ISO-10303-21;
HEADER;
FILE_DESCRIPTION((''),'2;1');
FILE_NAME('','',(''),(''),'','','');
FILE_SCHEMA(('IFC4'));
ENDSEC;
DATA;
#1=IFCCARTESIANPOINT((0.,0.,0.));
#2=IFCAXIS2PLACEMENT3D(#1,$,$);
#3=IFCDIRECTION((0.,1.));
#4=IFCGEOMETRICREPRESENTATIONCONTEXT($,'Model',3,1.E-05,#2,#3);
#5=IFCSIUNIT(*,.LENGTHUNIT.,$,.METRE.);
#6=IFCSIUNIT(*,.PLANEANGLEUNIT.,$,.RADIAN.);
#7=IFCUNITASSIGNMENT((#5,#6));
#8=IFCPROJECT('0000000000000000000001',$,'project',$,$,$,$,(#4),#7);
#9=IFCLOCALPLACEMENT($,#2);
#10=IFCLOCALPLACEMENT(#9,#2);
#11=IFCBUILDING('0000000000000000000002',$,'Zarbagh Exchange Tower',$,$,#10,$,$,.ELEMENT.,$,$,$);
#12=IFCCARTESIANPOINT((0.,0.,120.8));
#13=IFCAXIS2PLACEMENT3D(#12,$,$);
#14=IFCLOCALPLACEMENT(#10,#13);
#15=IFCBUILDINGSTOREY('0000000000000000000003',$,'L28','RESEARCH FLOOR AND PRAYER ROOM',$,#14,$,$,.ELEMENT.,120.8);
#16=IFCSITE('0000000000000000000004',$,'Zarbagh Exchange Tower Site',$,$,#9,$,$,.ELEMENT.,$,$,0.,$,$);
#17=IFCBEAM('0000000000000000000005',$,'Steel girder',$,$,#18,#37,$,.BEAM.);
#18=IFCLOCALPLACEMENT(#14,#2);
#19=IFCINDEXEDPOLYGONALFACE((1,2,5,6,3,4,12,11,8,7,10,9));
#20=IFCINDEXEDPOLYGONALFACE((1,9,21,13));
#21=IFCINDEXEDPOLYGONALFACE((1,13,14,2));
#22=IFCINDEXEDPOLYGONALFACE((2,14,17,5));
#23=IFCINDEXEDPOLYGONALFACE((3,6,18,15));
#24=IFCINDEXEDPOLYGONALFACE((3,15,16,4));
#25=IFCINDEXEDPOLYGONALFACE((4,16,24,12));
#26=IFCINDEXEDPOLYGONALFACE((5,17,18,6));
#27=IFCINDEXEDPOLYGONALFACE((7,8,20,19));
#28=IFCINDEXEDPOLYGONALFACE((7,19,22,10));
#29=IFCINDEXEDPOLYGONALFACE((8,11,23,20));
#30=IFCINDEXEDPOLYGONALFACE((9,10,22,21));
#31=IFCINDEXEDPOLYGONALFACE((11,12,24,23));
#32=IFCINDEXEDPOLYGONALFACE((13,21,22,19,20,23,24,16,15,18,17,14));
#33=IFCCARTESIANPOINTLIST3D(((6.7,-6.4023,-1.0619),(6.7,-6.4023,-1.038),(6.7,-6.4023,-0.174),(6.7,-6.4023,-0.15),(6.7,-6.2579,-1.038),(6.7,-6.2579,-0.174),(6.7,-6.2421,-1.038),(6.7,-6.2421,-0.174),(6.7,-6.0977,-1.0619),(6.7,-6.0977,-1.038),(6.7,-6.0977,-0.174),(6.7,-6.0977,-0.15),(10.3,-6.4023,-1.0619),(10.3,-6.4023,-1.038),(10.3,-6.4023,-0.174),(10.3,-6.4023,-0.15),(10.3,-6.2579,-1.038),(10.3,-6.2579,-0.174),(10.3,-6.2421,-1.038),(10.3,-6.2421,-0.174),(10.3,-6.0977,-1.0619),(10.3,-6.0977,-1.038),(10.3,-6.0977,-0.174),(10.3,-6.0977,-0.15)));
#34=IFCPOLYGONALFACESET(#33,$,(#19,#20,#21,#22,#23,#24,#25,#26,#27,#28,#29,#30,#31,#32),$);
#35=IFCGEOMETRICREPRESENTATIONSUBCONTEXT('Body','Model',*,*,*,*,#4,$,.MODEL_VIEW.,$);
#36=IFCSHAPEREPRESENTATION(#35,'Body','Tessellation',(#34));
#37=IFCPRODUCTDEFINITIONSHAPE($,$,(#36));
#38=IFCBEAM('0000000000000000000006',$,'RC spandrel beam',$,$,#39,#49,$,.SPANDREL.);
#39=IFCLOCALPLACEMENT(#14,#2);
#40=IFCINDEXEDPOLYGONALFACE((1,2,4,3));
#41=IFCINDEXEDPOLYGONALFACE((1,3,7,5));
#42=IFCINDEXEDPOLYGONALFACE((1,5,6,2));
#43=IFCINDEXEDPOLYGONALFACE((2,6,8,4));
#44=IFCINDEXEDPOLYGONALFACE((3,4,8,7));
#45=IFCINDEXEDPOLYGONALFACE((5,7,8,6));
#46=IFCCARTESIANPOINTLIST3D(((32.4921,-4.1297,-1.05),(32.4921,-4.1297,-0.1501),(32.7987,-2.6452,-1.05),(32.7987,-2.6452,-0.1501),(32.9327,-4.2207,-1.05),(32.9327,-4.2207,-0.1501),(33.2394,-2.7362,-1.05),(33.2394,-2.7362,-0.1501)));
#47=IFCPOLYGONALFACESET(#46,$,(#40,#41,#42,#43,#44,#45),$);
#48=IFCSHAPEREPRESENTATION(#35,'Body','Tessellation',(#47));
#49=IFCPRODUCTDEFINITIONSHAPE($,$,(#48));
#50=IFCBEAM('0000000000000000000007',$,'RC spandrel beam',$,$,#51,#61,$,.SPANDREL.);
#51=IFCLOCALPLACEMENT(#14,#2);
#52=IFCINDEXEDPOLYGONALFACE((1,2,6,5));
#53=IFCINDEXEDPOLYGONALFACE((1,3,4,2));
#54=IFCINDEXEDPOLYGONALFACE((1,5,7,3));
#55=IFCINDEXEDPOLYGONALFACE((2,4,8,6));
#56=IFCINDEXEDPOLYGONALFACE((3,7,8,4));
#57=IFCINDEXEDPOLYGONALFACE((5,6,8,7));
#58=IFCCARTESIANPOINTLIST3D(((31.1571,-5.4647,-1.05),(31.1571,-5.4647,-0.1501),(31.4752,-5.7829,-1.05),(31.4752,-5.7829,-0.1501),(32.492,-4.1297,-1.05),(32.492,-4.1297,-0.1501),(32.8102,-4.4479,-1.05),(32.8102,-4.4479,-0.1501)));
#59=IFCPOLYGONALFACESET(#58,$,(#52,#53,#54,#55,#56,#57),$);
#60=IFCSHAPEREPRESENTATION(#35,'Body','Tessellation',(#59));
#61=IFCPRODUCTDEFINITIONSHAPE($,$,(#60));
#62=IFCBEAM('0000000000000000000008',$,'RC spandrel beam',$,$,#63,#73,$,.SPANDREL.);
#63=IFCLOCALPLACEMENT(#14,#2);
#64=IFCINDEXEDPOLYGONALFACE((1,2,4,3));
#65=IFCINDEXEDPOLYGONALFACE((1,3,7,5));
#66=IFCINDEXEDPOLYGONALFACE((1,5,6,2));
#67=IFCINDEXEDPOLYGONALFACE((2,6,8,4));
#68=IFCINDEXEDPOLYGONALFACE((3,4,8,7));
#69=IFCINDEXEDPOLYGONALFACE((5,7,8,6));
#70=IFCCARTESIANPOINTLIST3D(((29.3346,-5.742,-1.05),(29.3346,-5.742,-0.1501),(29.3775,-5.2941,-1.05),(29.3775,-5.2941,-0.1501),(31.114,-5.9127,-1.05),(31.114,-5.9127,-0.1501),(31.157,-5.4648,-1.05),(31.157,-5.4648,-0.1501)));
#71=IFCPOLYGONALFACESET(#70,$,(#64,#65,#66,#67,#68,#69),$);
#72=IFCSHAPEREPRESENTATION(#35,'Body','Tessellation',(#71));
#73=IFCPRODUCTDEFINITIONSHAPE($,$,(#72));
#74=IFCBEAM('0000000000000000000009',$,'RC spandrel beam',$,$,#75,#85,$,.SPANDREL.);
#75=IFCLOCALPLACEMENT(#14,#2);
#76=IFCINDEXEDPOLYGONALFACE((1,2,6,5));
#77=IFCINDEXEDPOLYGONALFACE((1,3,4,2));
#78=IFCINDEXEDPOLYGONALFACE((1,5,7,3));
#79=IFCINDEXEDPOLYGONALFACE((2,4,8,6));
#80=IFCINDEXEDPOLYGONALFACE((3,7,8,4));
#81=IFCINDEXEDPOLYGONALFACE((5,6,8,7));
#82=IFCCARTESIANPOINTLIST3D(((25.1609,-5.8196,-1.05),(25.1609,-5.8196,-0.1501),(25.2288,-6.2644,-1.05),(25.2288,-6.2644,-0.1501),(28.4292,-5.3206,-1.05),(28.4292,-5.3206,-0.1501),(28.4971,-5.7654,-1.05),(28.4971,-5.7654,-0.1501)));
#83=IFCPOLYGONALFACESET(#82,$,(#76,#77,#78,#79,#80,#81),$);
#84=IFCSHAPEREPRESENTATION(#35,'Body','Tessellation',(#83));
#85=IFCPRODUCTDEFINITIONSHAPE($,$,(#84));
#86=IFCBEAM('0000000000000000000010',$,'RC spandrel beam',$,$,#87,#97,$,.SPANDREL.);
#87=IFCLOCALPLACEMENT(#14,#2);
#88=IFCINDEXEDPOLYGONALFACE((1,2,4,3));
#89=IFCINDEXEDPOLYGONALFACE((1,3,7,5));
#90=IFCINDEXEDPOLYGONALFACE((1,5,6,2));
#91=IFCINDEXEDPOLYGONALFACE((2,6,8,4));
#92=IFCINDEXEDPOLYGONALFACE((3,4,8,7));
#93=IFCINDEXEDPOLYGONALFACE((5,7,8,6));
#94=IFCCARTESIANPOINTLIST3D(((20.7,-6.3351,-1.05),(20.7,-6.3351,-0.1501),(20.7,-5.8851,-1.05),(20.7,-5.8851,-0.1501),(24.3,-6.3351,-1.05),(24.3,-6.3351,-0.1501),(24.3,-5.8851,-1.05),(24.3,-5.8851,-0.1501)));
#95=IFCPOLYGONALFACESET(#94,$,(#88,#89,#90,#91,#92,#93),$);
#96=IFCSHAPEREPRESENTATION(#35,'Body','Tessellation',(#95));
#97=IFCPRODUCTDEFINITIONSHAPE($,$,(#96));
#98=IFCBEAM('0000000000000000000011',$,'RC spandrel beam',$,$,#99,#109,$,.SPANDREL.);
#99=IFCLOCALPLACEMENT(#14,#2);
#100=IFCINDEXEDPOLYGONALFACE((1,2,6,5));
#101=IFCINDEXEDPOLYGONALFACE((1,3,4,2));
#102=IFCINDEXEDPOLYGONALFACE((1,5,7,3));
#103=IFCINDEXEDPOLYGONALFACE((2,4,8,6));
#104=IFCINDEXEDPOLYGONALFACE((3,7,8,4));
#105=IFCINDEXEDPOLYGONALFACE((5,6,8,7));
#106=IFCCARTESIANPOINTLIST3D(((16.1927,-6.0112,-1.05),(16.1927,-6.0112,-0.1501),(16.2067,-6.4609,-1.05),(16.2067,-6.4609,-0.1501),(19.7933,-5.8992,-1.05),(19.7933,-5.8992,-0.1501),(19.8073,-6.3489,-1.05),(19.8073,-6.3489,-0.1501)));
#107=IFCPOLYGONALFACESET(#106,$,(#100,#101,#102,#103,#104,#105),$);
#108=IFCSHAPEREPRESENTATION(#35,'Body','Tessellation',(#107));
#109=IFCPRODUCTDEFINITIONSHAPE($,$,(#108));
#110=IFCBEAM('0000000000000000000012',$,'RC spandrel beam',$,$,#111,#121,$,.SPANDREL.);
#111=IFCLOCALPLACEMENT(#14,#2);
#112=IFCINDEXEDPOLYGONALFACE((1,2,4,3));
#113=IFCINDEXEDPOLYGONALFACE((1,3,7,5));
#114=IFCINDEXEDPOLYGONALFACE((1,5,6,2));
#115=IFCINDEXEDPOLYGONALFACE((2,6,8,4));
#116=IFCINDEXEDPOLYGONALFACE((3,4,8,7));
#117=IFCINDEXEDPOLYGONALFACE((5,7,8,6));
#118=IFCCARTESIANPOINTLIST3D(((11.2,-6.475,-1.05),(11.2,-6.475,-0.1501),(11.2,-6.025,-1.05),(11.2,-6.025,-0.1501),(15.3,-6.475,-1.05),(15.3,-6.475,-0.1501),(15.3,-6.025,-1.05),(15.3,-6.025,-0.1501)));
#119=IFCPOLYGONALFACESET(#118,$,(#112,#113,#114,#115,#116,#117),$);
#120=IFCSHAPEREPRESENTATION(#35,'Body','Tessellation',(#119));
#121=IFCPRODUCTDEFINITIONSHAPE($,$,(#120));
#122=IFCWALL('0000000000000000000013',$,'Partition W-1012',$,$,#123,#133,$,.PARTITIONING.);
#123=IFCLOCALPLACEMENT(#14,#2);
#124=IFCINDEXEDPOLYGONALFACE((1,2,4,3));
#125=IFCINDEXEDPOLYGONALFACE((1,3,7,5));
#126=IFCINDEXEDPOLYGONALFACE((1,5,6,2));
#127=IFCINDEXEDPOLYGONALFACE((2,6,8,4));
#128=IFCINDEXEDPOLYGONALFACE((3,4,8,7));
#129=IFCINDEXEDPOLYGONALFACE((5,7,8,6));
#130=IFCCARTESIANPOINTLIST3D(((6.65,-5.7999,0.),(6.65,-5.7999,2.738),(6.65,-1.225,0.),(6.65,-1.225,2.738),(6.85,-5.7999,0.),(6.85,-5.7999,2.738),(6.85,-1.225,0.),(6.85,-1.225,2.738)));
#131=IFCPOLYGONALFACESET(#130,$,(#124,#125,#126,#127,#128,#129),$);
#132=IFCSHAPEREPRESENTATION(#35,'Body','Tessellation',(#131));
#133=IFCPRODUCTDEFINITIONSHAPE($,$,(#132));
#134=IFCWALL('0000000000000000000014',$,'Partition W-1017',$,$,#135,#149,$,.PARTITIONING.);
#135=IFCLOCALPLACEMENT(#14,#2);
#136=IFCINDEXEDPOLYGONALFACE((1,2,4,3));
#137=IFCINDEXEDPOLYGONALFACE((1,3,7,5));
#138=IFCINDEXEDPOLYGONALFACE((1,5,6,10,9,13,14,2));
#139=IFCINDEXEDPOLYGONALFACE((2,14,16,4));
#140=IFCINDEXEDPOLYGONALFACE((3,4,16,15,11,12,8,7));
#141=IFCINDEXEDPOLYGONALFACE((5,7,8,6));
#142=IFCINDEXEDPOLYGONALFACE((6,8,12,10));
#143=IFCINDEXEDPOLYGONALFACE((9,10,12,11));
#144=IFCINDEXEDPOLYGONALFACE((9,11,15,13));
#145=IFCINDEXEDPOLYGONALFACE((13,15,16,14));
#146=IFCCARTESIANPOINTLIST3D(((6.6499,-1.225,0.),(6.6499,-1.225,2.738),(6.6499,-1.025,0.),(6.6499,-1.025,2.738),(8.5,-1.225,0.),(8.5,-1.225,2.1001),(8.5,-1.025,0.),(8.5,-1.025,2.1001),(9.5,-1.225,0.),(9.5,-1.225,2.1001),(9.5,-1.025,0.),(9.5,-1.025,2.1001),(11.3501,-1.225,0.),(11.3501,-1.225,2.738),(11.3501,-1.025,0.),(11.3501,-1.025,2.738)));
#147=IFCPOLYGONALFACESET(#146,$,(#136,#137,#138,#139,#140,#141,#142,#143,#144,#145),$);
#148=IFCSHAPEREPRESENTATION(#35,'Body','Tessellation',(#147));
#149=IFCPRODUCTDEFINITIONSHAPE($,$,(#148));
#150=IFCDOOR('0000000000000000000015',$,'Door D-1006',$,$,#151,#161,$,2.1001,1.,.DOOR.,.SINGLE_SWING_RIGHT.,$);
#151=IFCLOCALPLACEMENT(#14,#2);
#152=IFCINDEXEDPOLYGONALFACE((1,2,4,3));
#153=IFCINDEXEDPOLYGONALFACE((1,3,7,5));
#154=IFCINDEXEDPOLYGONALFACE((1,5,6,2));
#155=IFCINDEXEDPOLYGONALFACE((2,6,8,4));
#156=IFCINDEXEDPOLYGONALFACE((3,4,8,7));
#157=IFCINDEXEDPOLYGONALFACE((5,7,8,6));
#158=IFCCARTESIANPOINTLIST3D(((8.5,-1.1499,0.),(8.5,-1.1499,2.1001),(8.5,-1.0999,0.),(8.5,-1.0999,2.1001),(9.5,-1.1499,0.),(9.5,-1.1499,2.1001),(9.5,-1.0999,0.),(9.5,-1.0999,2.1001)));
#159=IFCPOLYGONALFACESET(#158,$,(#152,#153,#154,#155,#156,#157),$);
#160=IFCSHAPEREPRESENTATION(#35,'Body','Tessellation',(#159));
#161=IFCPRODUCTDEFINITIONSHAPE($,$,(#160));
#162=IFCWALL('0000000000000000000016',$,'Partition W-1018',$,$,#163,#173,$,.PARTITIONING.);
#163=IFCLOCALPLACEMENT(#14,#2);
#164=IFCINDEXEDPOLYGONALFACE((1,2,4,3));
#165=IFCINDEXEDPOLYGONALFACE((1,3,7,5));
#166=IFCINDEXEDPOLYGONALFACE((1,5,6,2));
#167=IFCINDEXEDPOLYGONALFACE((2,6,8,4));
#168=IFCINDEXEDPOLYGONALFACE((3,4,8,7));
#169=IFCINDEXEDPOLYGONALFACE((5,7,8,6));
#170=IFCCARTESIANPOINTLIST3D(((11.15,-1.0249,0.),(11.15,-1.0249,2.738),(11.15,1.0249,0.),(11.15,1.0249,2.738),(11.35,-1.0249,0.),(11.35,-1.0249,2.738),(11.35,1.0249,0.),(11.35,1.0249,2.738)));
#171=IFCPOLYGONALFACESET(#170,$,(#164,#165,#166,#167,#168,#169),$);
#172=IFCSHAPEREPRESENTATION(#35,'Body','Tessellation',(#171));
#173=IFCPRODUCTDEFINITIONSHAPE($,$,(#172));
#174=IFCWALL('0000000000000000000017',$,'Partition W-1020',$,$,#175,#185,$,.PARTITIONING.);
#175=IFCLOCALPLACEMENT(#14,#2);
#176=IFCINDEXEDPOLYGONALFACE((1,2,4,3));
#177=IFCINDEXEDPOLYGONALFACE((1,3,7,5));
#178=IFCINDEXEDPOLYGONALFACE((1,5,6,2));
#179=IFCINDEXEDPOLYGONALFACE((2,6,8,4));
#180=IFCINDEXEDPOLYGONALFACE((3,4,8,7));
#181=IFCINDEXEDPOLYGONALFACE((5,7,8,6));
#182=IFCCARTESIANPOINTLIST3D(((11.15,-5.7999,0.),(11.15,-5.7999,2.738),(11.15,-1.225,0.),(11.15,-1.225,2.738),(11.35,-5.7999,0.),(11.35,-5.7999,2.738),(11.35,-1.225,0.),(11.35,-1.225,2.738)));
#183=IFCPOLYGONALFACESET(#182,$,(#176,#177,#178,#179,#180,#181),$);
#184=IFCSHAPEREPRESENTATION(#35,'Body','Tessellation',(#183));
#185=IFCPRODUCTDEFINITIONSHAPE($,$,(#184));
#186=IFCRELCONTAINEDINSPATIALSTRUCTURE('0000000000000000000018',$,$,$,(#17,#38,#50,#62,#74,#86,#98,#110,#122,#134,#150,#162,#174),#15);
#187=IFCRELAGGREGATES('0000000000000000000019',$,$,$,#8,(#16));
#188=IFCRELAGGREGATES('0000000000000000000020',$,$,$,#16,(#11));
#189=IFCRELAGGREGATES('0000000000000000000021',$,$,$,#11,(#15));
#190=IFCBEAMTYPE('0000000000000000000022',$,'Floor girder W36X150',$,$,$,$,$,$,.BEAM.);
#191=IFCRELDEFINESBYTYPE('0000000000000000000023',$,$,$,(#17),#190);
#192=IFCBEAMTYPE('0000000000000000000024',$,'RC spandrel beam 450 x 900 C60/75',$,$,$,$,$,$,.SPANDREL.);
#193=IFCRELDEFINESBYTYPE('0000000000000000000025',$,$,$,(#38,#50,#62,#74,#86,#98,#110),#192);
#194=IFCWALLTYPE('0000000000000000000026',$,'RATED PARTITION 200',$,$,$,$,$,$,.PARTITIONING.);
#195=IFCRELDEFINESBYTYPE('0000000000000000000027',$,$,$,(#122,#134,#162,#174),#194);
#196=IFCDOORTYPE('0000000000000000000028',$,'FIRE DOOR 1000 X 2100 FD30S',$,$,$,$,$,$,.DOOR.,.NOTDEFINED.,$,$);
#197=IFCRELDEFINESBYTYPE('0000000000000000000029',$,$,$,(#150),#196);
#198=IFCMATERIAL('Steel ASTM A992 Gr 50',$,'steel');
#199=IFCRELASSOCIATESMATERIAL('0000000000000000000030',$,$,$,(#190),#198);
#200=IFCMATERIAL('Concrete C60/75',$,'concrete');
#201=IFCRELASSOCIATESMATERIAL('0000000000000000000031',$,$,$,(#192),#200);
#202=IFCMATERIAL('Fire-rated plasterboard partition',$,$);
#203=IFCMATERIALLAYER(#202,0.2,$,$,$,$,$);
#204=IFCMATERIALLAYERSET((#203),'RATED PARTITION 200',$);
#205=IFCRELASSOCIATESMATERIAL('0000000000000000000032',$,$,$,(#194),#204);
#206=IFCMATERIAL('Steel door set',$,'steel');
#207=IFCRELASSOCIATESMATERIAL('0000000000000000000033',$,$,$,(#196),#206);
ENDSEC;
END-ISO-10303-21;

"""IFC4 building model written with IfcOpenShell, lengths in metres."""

from ifc_helpers import new_model, si_unit, direction, frame, frame_2d, origin, origin_2d, place, context, subcontext, project, spatial, rectangle, i_section, extrude, material, layer, layer_set, material_profile, profile_set, type_object, element, fill, save


model = new_model("IFC4")

# Units and contexts
model_context = context("Model", 3, precision=1e-05, world=origin(), true_north=direction((0.0, 1.0)))
body_context = subcontext(model_context, "Body", "Model", "MODEL_VIEW")
ifc_project = project(units=[si_unit("LENGTHUNIT", "METRE"), si_unit("PLANEANGLEUNIT", "RADIAN")], contexts=[model_context])

# Site, building, storey
site_placement = place(None, origin())
site = spatial("IfcSite", under=ifc_project, at=site_placement, Name="Zarbagh Exchange Tower Site", CompositionType="ELEMENT", RefElevation=0.0)
building_placement = place(site_placement, origin())
building = spatial("IfcBuilding", under=site, at=building_placement, Name="Zarbagh Exchange Tower", CompositionType="ELEMENT")
storey_placement = place(building_placement, frame((0.0, 0.0, 120.8)))
storey = spatial("IfcBuildingStorey", under=building, at=storey_placement, Name="L28", Description="RESEARCH FLOOR AND PRAYER ROOM", CompositionType="ELEMENT", Elevation=120.8)

# Shared definitions
ifc_material_1 = material(Name="Concrete C60/75", Category="concrete")

# Beams
ifc_material_2 = material(Name="Steel ASTM A992 Gr 50", Category="steel")
ifc_material_profile_1 = material_profile(ifc_material_2, i_section(OverallWidth=0.3047, OverallDepth=0.9119, WebThickness=0.0159, FlangeThickness=0.0239, at=origin_2d()), Name="W36X150")
ifc_profile_set_1 = profile_set([ifc_material_profile_1], Name="Steel ASTM A992 Gr 50")
beam_type_1 = type_object("IfcBeamType", Name="Floor girder W36X150", PredefinedType="BEAM", material=ifc_profile_set_1)
beam_1_placement = place(storey_placement, frame((6.7, -6.25, -0.606), z_axis=(1.0, 0.0, 0.0), x_axis=(0.0, 1.0, 0.0)))
element("IfcBeam", 1, at=beam_1_placement, inside=storey, type_object=beam_type_1, Name="Steel girder", PredefinedType="BEAM", context=body_context, shape_type="SweptSolid", body=[
    extrude(i_section(OverallWidth=0.3047, OverallDepth=0.9119, WebThickness=0.0159, FlangeThickness=0.0239, at=origin_2d()), origin(), (0.0, 0.0, 1.0), 3.6001),
])
ifc_material_profile_2 = material_profile(ifc_material_1, rectangle(XDim=0.45, YDim=0.8999, at=origin_2d()), Name="RC spandrel beam 450 x 900 C60/75")
ifc_profile_set_2 = profile_set([ifc_material_profile_2], Name="Concrete C60/75")
beam_type_2 = type_object("IfcBeamType", Name="RC spandrel beam 450 x 900 C60/75", PredefinedType="SPANDREL", material=ifc_profile_set_2)
beam_2_placement = place(storey_placement, frame((33.019, -2.6907, -0.6001), z_axis=(-0.202275, -0.979329, 0.0), x_axis=(0.979329, -0.202275, 0.0)))
element("IfcBeam", 2, at=beam_2_placement, inside=storey, type_object=beam_type_2, Name="RC spandrel beam", PredefinedType="SPANDREL", context=body_context, shape_type="SweptSolid", body=[
    extrude(rectangle(XDim=0.45, YDim=0.8999, at=origin_2d()), origin(), (0.0, 0.0, 1.0), 1.5159),
])
beam_3_placement = place(storey_placement, frame((32.6511, -4.2888, -0.6001), z_axis=(-0.707107, -0.707107, 0.0), x_axis=(0.707107, -0.707107, 0.0)))
element("IfcBeam", 3, at=beam_3_placement, inside=storey, type_object=beam_type_2, Name="RC spandrel beam", PredefinedType="SPANDREL", context=body_context, shape_type="SweptSolid", body=[
    extrude(rectangle(XDim=0.45, YDim=0.8999, at=origin_2d()), origin(), (0.0, 0.0, 1.0), 1.8879),
])
beam_4_placement = place(storey_placement, frame((31.1355, -5.6887, -0.6001), z_axis=(-0.995433, 0.09546, 0.0), x_axis=(-0.09546, -0.995433, 0.0)))
element("IfcBeam", 4, at=beam_4_placement, inside=storey, type_object=beam_type_2, Name="RC spandrel beam", PredefinedType="SPANDREL", context=body_context, shape_type="SweptSolid", body=[
    extrude(rectangle(XDim=0.45, YDim=0.8999, at=origin_2d()), origin(), (0.0, 0.0, 1.0), 1.7876),
])
beam_5_placement = place(storey_placement, frame((28.4631, -5.543, -0.6001), z_axis=(-0.988544, -0.150936, 0.0), x_axis=(0.150936, -0.988544, 0.0)))
element("IfcBeam", 5, at=beam_5_placement, inside=storey, type_object=beam_type_2, Name="RC spandrel beam", PredefinedType="SPANDREL", context=body_context, shape_type="SweptSolid", body=[
    extrude(rectangle(XDim=0.45, YDim=0.8999, at=origin_2d()), origin(), (0.0, 0.0, 1.0), 3.3062),
])
beam_6_placement = place(storey_placement, frame((24.3, -6.1101, -0.6001), z_axis=(-1.0, 0.0, 0.0), x_axis=(0.0, -1.0, 0.0)))
element("IfcBeam", 6, at=beam_6_placement, inside=storey, type_object=beam_type_2, Name="RC spandrel beam", PredefinedType="SPANDREL", context=body_context, shape_type="SweptSolid", body=[
    extrude(rectangle(XDim=0.45, YDim=0.8999, at=origin_2d()), origin(), (0.0, 0.0, 1.0), 3.6001),
])
beam_7_placement = place(storey_placement, frame((19.8003, -6.124, -0.6001), z_axis=(-0.999516, -0.031108, 0.0), x_axis=(0.031108, -0.999516, 0.0)))
element("IfcBeam", 7, at=beam_7_placement, inside=storey, type_object=beam_type_2, Name="RC spandrel beam", PredefinedType="SPANDREL", context=body_context, shape_type="SweptSolid", body=[
    extrude(rectangle(XDim=0.45, YDim=0.8999, at=origin_2d()), origin(), (0.0, 0.0, 1.0), 3.6023),
])
beam_8_placement = place(storey_placement, frame((15.3, -6.25, -0.6001), z_axis=(-1.0, 0.0, 0.0), x_axis=(0.0, -1.0, 0.0)))
element("IfcBeam", 8, at=beam_8_placement, inside=storey, type_object=beam_type_2, Name="RC spandrel beam", PredefinedType="SPANDREL", context=body_context, shape_type="SweptSolid", body=[
    extrude(rectangle(XDim=0.45, YDim=0.8999, at=origin_2d()), origin(), (0.0, 0.0, 1.0), 4.1001),
])

# Wall
ifc_material_3 = material(Name="Fire-rated plasterboard partition")
ifc_layer = layer(ifc_material_3, 0.2)
ifc_layer_set = layer_set([ifc_layer], Name="RATED PARTITION 200")
wall_type = type_object("IfcWallType", Name="RATED PARTITION 200", PredefinedType="PARTITIONING", material=ifc_layer_set)
wall_1_placement = place(storey_placement, frame((6.75, -5.8, 0.0), z_axis=(0.0, 0.0, 1.0), x_axis=(0.0, 1.0, 0.0)))
element("IfcWall", 9, at=wall_1_placement, inside=storey, type_object=wall_type, Name="Partition W-1012", PredefinedType="PARTITIONING", context=body_context, shape_type="SweptSolid", body=[
    extrude(rectangle(XDim=4.575, YDim=0.2, at=frame_2d((2.2876, 0.0))), origin(), (0.0, 0.0, 1.0), 2.738),
])

# Wall, opening, door
wall_2_placement = place(storey_placement, frame((11.3501, -1.125, 0.0), z_axis=(0.0, 0.0, 1.0), x_axis=(-1.0, 0.0, 0.0)))
wall_2 = element("IfcWall", 10, at=wall_2_placement, inside=storey, type_object=wall_type, Name="Partition W-1017", PredefinedType="PARTITIONING", context=body_context, shape_type="SweptSolid", body=[
    extrude(rectangle(XDim=4.7002, YDim=0.2, at=frame_2d((2.3501, 0.0))), origin(), (0.0, 0.0, 1.0), 2.738),
])
opening_placement = place(wall_2_placement, frame((1.8501, 0.0, 0.0)))
opening = element("IfcOpeningElement", 11, at=opening_placement, cuts=wall_2, PredefinedType="OPENING", context=body_context, shape_type="SweptSolid", body=[
    extrude(rectangle(XDim=1.0, YDim=2.1001, at=frame_2d((0.5, 1.05))), frame((0.0, 0.1099, 0.0), z_axis=(0.0, -1.0, 0.0), x_axis=(1.0, 0.0, 0.0)), (0.0, 0.0, 1.0), 0.22),
])
ifc_material_4 = material(Name="Steel door set", Category="steel")
door_type = type_object("IfcDoorType", Name="FIRE DOOR 1000 X 2100 FD30S", OperationType="NOTDEFINED", PredefinedType="DOOR", material=ifc_material_4)
door_placement = place(opening_placement, origin())
door = element("IfcDoor", 12, at=door_placement, inside=storey, type_object=door_type, Name="Door D-1006", OperationType="SINGLE_SWING_RIGHT", OverallHeight=2.1001, OverallWidth=1.0, PredefinedType="DOOR", context=body_context, shape_type="SweptSolid", body=[
    extrude(rectangle(XDim=1.0, YDim=2.1001, at=frame_2d((0.5, 1.05))), frame((0.0, 0.0249, 0.0), z_axis=(0.0, -1.0, 0.0), x_axis=(1.0, 0.0, 0.0)), (0.0, 0.0, 1.0), 0.05),
])
fill(opening, door)

# Walls
wall_3_placement = place(storey_placement, frame((11.25, -1.0249, 0.0), z_axis=(0.0, 0.0, 1.0), x_axis=(0.0, 1.0, 0.0)))
element("IfcWall", 13, at=wall_3_placement, inside=storey, type_object=wall_type, Name="Partition W-1018", PredefinedType="PARTITIONING", context=body_context, shape_type="SweptSolid", body=[
    extrude(rectangle(XDim=2.0498, YDim=0.2, at=frame_2d((1.0249, 0.0))), origin(), (0.0, 0.0, 1.0), 2.738),
])
wall_4_placement = place(storey_placement, frame((11.25, -5.8, 0.0), z_axis=(0.0, 0.0, 1.0), x_axis=(0.0, 1.0, 0.0)))
element("IfcWall", 14, at=wall_4_placement, inside=storey, type_object=wall_type, Name="Partition W-1020", PredefinedType="PARTITIONING", context=body_context, shape_type="SweptSolid", body=[
    extrude(rectangle(XDim=4.575, YDim=0.2, at=frame_2d((2.2876, 0.0))), origin(), (0.0, 0.0, 1.0), 2.738),
])

save(model, "model.ifc")
